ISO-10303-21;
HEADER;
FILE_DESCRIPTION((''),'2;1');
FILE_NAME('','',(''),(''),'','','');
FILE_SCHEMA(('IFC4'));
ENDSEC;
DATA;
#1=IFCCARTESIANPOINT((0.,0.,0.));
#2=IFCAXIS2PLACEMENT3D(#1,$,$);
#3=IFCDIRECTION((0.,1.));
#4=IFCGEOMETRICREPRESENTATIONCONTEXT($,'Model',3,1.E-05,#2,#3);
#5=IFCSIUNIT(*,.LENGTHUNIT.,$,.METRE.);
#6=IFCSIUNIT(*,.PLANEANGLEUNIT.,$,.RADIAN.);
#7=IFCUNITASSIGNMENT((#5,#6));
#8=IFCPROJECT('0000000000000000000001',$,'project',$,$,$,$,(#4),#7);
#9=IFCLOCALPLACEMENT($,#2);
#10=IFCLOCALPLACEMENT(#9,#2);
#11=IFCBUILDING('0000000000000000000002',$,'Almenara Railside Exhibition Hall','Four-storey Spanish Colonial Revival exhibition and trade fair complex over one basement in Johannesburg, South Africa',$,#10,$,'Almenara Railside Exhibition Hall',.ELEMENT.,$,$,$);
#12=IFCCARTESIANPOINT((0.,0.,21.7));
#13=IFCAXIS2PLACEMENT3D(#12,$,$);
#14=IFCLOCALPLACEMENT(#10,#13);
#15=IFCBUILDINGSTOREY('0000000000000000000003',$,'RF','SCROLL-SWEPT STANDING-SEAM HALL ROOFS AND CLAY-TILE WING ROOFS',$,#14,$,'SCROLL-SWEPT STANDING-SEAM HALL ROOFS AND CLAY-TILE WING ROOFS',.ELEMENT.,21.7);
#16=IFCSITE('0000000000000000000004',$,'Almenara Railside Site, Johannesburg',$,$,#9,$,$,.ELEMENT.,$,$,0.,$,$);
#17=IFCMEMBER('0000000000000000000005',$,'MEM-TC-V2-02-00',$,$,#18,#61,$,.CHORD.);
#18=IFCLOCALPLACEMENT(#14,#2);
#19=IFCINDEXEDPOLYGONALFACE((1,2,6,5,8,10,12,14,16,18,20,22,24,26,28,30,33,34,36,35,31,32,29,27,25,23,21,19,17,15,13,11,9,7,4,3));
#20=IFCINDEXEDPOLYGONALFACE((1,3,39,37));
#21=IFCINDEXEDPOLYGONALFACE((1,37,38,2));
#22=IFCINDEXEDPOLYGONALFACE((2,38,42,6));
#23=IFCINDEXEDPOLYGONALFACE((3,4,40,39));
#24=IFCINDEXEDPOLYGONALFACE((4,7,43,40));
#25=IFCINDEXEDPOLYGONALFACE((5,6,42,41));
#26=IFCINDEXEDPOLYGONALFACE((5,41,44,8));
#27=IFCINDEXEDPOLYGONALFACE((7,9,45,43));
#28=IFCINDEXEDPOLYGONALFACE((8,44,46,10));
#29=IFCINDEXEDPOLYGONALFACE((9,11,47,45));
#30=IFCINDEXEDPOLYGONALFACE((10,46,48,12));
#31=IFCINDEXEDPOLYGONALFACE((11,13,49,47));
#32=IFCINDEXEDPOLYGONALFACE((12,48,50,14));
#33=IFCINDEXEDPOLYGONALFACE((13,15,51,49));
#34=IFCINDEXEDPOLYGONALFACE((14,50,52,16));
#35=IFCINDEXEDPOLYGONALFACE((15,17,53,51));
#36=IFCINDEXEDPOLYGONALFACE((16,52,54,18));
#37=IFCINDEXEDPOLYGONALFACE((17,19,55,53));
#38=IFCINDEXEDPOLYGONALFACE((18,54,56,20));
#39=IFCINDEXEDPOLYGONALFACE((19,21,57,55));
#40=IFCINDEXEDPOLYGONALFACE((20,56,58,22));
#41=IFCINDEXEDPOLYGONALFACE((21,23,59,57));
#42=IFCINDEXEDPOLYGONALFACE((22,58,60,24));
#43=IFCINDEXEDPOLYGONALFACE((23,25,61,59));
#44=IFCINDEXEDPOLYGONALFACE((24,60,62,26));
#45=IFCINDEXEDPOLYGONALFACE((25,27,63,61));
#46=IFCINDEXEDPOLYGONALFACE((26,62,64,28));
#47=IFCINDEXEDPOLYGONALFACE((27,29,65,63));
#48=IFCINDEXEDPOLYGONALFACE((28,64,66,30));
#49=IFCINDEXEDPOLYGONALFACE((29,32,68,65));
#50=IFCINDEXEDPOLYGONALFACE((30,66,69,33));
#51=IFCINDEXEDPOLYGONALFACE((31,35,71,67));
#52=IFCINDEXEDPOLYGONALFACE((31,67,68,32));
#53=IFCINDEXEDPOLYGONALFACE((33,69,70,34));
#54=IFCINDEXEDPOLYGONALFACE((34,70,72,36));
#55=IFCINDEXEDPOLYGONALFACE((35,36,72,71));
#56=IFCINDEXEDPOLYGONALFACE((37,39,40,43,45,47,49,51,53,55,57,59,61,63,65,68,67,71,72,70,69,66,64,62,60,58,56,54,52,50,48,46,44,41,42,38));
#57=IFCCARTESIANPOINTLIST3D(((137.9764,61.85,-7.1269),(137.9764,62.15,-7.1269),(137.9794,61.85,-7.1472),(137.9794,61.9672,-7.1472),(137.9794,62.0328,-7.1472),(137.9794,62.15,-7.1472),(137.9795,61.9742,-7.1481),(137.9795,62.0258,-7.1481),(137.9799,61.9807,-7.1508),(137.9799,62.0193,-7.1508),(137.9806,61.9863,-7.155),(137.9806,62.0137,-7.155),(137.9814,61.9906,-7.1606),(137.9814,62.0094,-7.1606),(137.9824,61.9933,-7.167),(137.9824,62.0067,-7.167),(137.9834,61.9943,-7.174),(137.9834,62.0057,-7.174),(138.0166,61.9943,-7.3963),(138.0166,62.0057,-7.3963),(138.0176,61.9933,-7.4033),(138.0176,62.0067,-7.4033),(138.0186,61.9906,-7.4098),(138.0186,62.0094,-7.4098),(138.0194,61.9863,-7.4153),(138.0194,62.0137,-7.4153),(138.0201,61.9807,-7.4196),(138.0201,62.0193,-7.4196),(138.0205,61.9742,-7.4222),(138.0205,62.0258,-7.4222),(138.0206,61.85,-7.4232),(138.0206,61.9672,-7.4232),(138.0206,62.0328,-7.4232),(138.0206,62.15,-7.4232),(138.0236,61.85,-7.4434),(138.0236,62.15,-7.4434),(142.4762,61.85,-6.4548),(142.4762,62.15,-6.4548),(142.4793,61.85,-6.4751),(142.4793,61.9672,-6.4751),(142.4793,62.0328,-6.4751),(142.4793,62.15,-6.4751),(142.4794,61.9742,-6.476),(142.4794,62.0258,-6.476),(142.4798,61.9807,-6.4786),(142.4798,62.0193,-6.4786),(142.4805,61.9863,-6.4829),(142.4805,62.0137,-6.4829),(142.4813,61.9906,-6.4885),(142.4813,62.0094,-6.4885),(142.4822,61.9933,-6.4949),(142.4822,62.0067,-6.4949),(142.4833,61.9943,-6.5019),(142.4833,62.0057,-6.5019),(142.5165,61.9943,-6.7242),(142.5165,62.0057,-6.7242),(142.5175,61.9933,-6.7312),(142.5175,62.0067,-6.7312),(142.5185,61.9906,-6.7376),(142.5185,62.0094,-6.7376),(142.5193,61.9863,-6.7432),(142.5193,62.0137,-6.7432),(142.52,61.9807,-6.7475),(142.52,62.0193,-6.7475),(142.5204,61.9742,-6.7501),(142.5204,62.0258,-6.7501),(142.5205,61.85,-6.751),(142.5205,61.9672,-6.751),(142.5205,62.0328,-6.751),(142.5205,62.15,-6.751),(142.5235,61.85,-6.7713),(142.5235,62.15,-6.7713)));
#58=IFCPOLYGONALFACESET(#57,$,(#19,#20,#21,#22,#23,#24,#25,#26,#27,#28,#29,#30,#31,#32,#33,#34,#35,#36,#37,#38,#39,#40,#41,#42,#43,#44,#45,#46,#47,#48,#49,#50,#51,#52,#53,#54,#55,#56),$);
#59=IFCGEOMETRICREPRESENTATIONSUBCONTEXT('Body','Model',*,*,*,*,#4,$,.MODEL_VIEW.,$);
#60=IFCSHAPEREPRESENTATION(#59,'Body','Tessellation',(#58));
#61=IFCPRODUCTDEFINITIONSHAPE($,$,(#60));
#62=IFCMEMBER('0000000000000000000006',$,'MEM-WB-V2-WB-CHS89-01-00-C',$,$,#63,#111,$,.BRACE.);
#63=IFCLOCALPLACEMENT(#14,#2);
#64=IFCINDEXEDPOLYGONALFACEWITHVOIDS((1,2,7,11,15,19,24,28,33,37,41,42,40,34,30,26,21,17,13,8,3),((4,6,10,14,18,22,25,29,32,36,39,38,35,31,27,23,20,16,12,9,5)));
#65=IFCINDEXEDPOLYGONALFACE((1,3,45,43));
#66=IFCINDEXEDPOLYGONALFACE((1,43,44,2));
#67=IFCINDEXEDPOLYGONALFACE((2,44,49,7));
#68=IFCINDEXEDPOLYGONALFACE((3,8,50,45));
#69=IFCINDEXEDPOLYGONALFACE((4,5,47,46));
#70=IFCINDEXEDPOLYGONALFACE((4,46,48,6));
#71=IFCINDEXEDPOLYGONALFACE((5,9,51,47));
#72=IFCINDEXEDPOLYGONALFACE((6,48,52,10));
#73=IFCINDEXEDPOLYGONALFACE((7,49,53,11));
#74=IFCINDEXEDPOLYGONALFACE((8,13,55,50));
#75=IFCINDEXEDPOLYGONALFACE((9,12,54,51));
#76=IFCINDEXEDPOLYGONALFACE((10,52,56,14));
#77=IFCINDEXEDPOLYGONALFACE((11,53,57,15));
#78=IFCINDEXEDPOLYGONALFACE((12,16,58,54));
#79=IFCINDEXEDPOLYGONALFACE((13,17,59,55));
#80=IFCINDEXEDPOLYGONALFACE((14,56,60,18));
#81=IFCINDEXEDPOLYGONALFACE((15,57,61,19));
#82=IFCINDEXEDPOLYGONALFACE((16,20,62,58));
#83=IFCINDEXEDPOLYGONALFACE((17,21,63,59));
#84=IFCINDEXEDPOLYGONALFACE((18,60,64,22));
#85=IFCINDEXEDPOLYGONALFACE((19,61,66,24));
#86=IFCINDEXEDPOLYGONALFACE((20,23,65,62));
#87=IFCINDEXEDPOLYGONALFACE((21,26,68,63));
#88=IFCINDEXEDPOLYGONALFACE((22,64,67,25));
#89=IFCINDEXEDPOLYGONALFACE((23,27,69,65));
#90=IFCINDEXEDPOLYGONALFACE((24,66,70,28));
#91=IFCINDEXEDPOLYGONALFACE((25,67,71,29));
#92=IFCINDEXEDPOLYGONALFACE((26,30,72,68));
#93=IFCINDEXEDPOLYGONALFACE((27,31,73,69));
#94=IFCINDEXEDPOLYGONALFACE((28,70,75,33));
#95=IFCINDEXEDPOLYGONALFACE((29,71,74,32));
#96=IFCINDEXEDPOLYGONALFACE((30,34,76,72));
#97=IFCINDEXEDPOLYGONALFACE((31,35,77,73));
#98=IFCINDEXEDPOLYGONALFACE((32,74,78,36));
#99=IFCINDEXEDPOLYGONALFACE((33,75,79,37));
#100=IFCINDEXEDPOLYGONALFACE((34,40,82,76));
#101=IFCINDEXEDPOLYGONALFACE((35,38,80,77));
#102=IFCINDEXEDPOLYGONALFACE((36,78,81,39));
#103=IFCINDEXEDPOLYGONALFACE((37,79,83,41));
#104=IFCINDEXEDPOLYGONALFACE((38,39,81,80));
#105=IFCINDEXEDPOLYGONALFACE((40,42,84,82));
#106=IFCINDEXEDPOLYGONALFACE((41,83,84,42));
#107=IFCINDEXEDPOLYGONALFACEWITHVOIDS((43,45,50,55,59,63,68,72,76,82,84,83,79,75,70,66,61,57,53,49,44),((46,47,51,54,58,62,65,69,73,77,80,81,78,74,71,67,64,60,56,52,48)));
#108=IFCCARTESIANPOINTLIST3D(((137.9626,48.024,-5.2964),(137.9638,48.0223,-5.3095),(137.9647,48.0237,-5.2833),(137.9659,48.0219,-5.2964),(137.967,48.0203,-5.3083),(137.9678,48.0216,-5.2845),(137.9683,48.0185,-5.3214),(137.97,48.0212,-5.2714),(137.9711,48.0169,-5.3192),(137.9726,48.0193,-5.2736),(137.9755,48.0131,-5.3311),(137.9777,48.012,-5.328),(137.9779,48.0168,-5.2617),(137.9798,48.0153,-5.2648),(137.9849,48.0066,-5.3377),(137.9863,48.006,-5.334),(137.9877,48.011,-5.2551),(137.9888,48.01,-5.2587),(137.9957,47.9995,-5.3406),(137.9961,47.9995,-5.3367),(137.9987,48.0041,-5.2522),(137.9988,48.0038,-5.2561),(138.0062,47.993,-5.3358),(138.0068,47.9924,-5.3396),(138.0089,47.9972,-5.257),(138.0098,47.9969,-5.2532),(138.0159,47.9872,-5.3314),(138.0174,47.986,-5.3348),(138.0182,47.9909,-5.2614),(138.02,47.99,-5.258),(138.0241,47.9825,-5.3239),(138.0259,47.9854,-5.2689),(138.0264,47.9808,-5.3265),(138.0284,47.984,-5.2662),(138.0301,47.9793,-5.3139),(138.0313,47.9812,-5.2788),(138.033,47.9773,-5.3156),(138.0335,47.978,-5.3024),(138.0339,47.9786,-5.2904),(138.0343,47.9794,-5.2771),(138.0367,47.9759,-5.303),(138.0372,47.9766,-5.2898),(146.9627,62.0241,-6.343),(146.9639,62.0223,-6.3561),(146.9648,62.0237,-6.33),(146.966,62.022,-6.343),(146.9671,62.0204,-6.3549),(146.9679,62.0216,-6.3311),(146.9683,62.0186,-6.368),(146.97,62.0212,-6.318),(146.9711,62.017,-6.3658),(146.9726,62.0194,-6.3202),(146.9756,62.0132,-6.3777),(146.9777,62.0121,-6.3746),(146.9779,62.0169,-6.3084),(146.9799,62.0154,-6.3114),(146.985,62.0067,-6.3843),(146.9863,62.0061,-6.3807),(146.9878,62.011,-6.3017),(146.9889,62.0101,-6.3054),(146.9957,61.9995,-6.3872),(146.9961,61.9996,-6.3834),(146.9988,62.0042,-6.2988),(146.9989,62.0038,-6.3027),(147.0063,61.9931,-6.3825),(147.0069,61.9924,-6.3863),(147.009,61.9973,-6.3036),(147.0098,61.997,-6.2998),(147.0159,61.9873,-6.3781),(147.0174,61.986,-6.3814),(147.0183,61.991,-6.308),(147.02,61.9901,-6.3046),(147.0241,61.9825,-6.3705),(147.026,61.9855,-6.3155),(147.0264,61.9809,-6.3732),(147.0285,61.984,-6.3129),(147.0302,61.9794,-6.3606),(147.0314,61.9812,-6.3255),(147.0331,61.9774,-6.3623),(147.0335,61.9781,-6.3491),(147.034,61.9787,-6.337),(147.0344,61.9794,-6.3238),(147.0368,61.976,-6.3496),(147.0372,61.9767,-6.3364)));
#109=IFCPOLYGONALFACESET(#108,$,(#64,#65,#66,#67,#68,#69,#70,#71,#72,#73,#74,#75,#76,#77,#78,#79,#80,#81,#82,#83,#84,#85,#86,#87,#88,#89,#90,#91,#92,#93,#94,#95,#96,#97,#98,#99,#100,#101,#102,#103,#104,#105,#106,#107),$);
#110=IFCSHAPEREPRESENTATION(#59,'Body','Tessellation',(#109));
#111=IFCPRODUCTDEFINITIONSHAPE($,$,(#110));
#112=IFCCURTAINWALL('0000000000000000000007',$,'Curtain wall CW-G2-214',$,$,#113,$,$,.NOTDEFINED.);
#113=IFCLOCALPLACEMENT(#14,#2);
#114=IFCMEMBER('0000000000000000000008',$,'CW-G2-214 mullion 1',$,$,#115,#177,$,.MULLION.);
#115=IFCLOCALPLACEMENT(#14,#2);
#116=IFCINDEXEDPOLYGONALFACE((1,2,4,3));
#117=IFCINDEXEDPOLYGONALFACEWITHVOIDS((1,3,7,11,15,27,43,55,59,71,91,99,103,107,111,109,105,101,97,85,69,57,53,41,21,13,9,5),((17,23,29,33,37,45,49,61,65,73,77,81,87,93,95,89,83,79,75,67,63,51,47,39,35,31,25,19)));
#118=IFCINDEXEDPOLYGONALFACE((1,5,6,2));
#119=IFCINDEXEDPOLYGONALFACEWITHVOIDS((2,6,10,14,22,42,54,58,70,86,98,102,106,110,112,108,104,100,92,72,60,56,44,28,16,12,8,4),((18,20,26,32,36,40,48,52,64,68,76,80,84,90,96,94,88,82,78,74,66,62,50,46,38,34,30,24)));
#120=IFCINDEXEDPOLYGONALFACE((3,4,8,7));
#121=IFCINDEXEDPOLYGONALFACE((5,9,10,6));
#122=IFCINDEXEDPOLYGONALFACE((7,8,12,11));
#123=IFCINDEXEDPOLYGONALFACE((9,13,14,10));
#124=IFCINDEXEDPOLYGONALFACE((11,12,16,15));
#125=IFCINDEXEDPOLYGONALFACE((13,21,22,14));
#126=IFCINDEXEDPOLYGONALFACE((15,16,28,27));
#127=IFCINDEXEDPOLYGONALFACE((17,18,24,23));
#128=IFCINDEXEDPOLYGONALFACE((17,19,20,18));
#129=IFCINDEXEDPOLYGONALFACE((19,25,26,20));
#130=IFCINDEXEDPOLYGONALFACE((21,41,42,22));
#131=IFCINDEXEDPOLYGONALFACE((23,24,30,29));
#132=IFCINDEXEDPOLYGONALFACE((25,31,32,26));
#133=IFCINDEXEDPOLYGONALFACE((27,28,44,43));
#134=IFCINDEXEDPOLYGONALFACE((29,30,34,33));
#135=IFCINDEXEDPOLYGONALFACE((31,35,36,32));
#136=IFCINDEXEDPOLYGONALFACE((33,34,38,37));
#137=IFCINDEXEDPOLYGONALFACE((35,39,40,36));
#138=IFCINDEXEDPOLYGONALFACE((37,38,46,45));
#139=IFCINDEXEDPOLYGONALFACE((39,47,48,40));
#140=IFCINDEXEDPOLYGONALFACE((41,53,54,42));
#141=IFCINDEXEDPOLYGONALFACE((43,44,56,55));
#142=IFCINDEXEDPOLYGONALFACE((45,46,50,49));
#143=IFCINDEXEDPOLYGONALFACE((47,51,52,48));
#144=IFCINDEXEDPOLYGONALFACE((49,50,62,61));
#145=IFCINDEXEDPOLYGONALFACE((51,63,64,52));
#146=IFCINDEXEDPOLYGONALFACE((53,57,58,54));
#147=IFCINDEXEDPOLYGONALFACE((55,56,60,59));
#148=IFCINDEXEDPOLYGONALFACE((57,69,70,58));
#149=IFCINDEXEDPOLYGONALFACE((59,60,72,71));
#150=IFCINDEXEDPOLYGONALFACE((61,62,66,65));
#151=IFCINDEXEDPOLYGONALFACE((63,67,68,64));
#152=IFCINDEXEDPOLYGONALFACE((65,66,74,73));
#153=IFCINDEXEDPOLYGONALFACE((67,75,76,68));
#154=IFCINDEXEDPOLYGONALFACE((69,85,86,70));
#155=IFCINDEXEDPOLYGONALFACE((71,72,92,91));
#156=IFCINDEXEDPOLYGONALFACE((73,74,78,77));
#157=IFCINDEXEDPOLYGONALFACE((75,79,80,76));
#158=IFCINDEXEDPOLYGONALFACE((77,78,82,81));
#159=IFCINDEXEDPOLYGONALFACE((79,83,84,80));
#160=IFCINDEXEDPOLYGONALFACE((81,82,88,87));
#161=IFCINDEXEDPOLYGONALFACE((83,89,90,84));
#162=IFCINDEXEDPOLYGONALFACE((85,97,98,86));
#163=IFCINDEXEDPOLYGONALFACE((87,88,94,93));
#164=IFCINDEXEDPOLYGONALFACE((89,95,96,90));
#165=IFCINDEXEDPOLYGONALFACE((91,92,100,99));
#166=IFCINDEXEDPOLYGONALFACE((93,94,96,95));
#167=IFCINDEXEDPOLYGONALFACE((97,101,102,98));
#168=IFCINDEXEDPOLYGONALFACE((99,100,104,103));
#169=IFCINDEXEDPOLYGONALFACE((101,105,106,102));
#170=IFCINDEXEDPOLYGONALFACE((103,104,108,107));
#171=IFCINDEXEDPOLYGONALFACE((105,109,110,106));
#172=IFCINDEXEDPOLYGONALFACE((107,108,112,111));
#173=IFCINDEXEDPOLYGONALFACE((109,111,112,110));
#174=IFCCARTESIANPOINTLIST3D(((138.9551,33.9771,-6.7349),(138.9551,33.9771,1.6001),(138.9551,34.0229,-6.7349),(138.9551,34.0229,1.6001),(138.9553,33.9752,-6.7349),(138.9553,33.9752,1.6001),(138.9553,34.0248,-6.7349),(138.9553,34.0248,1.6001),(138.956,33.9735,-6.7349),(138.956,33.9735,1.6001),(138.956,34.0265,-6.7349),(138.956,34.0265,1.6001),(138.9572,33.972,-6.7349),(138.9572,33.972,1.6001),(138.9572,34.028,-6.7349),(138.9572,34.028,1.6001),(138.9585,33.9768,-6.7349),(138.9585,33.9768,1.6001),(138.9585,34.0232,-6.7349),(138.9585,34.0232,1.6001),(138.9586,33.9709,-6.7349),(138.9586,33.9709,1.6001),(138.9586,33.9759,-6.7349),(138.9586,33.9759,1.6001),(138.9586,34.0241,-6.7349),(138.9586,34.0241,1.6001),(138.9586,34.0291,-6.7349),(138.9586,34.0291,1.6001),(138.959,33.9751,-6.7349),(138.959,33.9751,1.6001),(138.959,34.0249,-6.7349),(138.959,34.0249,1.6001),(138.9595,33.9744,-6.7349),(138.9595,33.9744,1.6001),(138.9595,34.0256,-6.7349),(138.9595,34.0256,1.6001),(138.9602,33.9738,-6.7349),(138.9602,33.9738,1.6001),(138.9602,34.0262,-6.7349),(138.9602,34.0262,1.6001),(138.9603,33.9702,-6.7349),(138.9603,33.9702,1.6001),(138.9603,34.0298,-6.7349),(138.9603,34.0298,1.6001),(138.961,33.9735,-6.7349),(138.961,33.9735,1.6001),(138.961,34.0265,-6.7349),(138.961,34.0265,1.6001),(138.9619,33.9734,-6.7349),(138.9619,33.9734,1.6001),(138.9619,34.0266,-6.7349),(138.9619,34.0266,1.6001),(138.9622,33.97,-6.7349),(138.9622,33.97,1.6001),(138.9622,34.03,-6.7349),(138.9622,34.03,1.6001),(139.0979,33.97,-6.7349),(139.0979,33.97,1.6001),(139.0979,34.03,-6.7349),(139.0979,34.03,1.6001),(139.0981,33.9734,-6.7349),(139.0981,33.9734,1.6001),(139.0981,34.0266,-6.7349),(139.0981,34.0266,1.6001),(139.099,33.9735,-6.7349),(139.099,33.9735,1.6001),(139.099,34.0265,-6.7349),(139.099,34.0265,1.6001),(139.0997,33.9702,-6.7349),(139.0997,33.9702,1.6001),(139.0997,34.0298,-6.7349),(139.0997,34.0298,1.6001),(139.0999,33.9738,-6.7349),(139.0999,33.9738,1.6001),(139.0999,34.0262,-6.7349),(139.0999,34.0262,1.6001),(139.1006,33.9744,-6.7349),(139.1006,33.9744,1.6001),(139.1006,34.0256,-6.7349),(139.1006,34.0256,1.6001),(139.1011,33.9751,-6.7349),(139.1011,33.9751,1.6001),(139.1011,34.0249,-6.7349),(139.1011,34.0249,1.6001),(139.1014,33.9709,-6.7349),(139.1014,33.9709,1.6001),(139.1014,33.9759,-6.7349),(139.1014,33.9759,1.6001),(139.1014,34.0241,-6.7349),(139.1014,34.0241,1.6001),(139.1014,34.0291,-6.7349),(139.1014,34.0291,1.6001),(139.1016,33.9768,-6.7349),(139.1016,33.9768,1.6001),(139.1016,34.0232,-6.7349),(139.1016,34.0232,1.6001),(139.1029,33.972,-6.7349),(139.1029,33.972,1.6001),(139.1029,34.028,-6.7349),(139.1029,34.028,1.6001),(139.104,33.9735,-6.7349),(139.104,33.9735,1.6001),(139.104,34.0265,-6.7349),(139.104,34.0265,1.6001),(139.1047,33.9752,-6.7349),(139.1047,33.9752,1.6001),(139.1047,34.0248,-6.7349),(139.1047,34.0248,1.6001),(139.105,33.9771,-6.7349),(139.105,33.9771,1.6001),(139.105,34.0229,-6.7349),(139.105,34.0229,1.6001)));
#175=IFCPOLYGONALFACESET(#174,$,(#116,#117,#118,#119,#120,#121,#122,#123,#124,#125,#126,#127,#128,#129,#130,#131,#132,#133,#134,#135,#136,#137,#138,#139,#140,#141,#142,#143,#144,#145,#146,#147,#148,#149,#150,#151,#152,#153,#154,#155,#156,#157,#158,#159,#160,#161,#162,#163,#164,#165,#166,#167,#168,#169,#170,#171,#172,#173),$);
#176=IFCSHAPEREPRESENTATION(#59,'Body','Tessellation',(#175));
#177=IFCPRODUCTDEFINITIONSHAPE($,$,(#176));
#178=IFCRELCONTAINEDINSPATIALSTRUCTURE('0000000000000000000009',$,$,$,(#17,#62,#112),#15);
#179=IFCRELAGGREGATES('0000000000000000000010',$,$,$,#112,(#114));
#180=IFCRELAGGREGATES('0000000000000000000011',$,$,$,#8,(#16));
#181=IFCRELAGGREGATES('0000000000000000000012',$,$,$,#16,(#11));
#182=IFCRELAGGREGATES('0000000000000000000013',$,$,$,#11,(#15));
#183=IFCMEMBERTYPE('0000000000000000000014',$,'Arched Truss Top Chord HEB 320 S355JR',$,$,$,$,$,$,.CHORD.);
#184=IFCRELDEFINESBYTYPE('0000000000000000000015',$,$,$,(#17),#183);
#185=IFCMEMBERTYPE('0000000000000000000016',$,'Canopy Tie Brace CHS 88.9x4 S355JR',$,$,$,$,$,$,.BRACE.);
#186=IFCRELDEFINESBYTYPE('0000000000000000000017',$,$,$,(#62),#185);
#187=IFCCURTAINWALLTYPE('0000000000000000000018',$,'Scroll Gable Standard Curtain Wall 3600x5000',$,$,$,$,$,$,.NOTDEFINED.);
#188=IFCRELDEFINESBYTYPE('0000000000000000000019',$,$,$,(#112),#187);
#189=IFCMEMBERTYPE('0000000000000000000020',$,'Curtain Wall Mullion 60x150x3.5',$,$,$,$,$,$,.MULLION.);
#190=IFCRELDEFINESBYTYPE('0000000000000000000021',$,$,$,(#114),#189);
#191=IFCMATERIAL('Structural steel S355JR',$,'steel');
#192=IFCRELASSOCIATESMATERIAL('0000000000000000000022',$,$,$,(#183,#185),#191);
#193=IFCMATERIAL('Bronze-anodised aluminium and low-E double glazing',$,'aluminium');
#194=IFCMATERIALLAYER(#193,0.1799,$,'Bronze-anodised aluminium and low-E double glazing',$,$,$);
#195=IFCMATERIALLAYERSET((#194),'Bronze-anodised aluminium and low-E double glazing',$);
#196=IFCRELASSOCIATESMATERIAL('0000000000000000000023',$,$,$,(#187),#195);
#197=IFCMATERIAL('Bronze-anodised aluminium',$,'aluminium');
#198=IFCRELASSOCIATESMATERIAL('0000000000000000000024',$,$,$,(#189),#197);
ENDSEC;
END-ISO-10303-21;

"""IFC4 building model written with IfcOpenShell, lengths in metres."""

from ifc_helpers import new_model, si_unit, direction, frame, origin, origin_2d, place, context, subcontext, project, spatial, hollow_rectangle, hollow_circle, i_section, extrude, material, layer, layer_set, material_profile, profile_set, type_object, element, aggregate, save


model = new_model("IFC4")

# Units and contexts
model_context = context("Model", 3, precision=1e-05, world=origin(), true_north=direction((0.0, 1.0)))
body_context = subcontext(model_context, "Body", "Model", "MODEL_VIEW")
ifc_project = project(units=[si_unit("LENGTHUNIT", "METRE"), si_unit("PLANEANGLEUNIT", "RADIAN")], contexts=[model_context])

# Site, building, storey
site_placement = place(None, origin())
site = spatial("IfcSite", under=ifc_project, at=site_placement, Name="Almenara Railside Site, Johannesburg", CompositionType="ELEMENT", RefElevation=0.0)
building_placement = place(site_placement, origin())
building = spatial("IfcBuilding", under=site, at=building_placement, Name="Almenara Railside Exhibition Hall", Description="Four-storey Spanish Colonial Revival exhibition and trade fair complex over one basement in Johannesburg, South Africa", LongName="Almenara Railside Exhibition Hall", CompositionType="ELEMENT")
storey_placement = place(building_placement, frame((0.0, 0.0, 21.7)))
storey = spatial("IfcBuildingStorey", under=building, at=storey_placement, Name="RF", Description="SCROLL-SWEPT STANDING-SEAM HALL ROOFS AND CLAY-TILE WING ROOFS", LongName="SCROLL-SWEPT STANDING-SEAM HALL ROOFS AND CLAY-TILE WING ROOFS", CompositionType="ELEMENT", Elevation=21.7)

# Shared definitions
ifc_material_1 = material(Name="Structural steel S355JR", Category="steel")

# Members
ifc_material_profile_1 = material_profile(ifc_material_1, i_section(OverallWidth=0.3, OverallDepth=0.3201, WebThickness=0.0115, FlangeThickness=0.0205, FilletRadius=0.0271, at=origin_2d()), Name="HEB 320")
ifc_profile_set_1 = profile_set([ifc_material_profile_1], Name="Structural steel S355JR")
member_type_1 = type_object("IfcMemberType", Name="Arched Truss Top Chord HEB 320 S355JR", PredefinedType="CHORD", material=ifc_profile_set_1)
for number, where, z_axis, x_axis, name in (
    (1, (138.0, 62.0, -7.2852), (0.989029, 0.0, 0.147721), (0.0, 1.0, 0.0), "MEM-TC-V2-02-00"),
):
    element("IfcMember", number, at=place(storey_placement, frame(where, z_axis=z_axis, x_axis=x_axis)), inside=storey, type_object=member_type_1, Name=name, PredefinedType="CHORD", context=body_context, shape_type="SweptSolid", body=[
        extrude(i_section(OverallWidth=0.3, OverallDepth=0.3201, WebThickness=0.0115, FlangeThickness=0.0205, FilletRadius=0.0271, at=origin_2d()), origin(), (0.0, 0.0, 1.0), 4.5498),
    ])
ifc_material_profile_2 = material_profile(ifc_material_1, hollow_circle(Radius=0.0444, WallThickness=0.0039, at=origin_2d()), Name="CHS 88.9x4")
ifc_profile_set_2 = profile_set([ifc_material_profile_2], Name="Structural steel S355JR")
member_type_2 = type_object("IfcMemberType", Name="Canopy Tie Brace CHS 88.9x4 S355JR", PredefinedType="BRACE", material=ifc_profile_set_2)
member_1_placement = place(storey_placement, frame((138.0, 48.0, -5.2964), z_axis=(0.539692, 0.83952, -0.062762), x_axis=(-0.841178, 0.540758, 0.0)))
element("IfcMember", 2, at=member_1_placement, inside=storey, type_object=member_type_2, Name="MEM-WB-V2-WB-CHS89-01-00-C", PredefinedType="BRACE", context=body_context, shape_type="SweptSolid", body=[
    extrude(hollow_circle(Radius=0.0444, WallThickness=0.0039, at=origin_2d()), origin(), (0.0, 0.0, 1.0), 16.6763),
])

# Curtain wall, member
ifc_material_2 = material(Name="Bronze-anodised aluminium and low-E double glazing", Category="aluminium")
ifc_layer_1 = layer(ifc_material_2, 0.1799, Name="Bronze-anodised aluminium and low-E double glazing")
ifc_layer_set_1 = layer_set([ifc_layer_1], Name="Bronze-anodised aluminium and low-E double glazing")
curtain_wall_type = type_object("IfcCurtainWallType", Name="Scroll Gable Standard Curtain Wall 3600x5000", PredefinedType="NOTDEFINED", material=ifc_layer_set_1)
curtain_wall_placement = place(storey_placement, origin())
curtain_wall = element("IfcCurtainWall", 3, at=curtain_wall_placement, inside=storey, type_object=curtain_wall_type, Name="Curtain wall CW-G2-214", PredefinedType="NOTDEFINED")
ifc_material_3 = material(Name="Bronze-anodised aluminium", Category="aluminium")
ifc_material_profile_3 = material_profile(ifc_material_3, hollow_rectangle(XDim=0.0601, YDim=0.1499, WallThickness=0.0034, InnerFilletRadius=0.0034, OuterFilletRadius=0.0071, at=origin_2d()), Name="ALU-MUL 60x150x3.5")
ifc_profile_set_3 = profile_set([ifc_material_profile_3], Name="Bronze-anodised aluminium")
member_type_3 = type_object("IfcMemberType", Name="Curtain Wall Mullion 60x150x3.5", PredefinedType="MULLION", material=ifc_profile_set_3)
member_2_placement = place(storey_placement, frame((139.03, 34.0, -6.7349), z_axis=(0.0, 0.0, 1.0), x_axis=(0.0, 1.0, 0.0)))
member_2 = element("IfcMember", 4, at=member_2_placement, type_object=member_type_3, Name="CW-G2-214 mullion 1", PredefinedType="MULLION", context=body_context, shape_type="SweptSolid", body=[
    extrude(hollow_rectangle(XDim=0.0601, YDim=0.1499, WallThickness=0.0034, InnerFilletRadius=0.0034, OuterFilletRadius=0.0071, at=origin_2d()), origin(), (0.0, 0.0, 1.0), 8.335),
])
aggregate(curtain_wall, [member_2])

save(model, "model.ifc")
